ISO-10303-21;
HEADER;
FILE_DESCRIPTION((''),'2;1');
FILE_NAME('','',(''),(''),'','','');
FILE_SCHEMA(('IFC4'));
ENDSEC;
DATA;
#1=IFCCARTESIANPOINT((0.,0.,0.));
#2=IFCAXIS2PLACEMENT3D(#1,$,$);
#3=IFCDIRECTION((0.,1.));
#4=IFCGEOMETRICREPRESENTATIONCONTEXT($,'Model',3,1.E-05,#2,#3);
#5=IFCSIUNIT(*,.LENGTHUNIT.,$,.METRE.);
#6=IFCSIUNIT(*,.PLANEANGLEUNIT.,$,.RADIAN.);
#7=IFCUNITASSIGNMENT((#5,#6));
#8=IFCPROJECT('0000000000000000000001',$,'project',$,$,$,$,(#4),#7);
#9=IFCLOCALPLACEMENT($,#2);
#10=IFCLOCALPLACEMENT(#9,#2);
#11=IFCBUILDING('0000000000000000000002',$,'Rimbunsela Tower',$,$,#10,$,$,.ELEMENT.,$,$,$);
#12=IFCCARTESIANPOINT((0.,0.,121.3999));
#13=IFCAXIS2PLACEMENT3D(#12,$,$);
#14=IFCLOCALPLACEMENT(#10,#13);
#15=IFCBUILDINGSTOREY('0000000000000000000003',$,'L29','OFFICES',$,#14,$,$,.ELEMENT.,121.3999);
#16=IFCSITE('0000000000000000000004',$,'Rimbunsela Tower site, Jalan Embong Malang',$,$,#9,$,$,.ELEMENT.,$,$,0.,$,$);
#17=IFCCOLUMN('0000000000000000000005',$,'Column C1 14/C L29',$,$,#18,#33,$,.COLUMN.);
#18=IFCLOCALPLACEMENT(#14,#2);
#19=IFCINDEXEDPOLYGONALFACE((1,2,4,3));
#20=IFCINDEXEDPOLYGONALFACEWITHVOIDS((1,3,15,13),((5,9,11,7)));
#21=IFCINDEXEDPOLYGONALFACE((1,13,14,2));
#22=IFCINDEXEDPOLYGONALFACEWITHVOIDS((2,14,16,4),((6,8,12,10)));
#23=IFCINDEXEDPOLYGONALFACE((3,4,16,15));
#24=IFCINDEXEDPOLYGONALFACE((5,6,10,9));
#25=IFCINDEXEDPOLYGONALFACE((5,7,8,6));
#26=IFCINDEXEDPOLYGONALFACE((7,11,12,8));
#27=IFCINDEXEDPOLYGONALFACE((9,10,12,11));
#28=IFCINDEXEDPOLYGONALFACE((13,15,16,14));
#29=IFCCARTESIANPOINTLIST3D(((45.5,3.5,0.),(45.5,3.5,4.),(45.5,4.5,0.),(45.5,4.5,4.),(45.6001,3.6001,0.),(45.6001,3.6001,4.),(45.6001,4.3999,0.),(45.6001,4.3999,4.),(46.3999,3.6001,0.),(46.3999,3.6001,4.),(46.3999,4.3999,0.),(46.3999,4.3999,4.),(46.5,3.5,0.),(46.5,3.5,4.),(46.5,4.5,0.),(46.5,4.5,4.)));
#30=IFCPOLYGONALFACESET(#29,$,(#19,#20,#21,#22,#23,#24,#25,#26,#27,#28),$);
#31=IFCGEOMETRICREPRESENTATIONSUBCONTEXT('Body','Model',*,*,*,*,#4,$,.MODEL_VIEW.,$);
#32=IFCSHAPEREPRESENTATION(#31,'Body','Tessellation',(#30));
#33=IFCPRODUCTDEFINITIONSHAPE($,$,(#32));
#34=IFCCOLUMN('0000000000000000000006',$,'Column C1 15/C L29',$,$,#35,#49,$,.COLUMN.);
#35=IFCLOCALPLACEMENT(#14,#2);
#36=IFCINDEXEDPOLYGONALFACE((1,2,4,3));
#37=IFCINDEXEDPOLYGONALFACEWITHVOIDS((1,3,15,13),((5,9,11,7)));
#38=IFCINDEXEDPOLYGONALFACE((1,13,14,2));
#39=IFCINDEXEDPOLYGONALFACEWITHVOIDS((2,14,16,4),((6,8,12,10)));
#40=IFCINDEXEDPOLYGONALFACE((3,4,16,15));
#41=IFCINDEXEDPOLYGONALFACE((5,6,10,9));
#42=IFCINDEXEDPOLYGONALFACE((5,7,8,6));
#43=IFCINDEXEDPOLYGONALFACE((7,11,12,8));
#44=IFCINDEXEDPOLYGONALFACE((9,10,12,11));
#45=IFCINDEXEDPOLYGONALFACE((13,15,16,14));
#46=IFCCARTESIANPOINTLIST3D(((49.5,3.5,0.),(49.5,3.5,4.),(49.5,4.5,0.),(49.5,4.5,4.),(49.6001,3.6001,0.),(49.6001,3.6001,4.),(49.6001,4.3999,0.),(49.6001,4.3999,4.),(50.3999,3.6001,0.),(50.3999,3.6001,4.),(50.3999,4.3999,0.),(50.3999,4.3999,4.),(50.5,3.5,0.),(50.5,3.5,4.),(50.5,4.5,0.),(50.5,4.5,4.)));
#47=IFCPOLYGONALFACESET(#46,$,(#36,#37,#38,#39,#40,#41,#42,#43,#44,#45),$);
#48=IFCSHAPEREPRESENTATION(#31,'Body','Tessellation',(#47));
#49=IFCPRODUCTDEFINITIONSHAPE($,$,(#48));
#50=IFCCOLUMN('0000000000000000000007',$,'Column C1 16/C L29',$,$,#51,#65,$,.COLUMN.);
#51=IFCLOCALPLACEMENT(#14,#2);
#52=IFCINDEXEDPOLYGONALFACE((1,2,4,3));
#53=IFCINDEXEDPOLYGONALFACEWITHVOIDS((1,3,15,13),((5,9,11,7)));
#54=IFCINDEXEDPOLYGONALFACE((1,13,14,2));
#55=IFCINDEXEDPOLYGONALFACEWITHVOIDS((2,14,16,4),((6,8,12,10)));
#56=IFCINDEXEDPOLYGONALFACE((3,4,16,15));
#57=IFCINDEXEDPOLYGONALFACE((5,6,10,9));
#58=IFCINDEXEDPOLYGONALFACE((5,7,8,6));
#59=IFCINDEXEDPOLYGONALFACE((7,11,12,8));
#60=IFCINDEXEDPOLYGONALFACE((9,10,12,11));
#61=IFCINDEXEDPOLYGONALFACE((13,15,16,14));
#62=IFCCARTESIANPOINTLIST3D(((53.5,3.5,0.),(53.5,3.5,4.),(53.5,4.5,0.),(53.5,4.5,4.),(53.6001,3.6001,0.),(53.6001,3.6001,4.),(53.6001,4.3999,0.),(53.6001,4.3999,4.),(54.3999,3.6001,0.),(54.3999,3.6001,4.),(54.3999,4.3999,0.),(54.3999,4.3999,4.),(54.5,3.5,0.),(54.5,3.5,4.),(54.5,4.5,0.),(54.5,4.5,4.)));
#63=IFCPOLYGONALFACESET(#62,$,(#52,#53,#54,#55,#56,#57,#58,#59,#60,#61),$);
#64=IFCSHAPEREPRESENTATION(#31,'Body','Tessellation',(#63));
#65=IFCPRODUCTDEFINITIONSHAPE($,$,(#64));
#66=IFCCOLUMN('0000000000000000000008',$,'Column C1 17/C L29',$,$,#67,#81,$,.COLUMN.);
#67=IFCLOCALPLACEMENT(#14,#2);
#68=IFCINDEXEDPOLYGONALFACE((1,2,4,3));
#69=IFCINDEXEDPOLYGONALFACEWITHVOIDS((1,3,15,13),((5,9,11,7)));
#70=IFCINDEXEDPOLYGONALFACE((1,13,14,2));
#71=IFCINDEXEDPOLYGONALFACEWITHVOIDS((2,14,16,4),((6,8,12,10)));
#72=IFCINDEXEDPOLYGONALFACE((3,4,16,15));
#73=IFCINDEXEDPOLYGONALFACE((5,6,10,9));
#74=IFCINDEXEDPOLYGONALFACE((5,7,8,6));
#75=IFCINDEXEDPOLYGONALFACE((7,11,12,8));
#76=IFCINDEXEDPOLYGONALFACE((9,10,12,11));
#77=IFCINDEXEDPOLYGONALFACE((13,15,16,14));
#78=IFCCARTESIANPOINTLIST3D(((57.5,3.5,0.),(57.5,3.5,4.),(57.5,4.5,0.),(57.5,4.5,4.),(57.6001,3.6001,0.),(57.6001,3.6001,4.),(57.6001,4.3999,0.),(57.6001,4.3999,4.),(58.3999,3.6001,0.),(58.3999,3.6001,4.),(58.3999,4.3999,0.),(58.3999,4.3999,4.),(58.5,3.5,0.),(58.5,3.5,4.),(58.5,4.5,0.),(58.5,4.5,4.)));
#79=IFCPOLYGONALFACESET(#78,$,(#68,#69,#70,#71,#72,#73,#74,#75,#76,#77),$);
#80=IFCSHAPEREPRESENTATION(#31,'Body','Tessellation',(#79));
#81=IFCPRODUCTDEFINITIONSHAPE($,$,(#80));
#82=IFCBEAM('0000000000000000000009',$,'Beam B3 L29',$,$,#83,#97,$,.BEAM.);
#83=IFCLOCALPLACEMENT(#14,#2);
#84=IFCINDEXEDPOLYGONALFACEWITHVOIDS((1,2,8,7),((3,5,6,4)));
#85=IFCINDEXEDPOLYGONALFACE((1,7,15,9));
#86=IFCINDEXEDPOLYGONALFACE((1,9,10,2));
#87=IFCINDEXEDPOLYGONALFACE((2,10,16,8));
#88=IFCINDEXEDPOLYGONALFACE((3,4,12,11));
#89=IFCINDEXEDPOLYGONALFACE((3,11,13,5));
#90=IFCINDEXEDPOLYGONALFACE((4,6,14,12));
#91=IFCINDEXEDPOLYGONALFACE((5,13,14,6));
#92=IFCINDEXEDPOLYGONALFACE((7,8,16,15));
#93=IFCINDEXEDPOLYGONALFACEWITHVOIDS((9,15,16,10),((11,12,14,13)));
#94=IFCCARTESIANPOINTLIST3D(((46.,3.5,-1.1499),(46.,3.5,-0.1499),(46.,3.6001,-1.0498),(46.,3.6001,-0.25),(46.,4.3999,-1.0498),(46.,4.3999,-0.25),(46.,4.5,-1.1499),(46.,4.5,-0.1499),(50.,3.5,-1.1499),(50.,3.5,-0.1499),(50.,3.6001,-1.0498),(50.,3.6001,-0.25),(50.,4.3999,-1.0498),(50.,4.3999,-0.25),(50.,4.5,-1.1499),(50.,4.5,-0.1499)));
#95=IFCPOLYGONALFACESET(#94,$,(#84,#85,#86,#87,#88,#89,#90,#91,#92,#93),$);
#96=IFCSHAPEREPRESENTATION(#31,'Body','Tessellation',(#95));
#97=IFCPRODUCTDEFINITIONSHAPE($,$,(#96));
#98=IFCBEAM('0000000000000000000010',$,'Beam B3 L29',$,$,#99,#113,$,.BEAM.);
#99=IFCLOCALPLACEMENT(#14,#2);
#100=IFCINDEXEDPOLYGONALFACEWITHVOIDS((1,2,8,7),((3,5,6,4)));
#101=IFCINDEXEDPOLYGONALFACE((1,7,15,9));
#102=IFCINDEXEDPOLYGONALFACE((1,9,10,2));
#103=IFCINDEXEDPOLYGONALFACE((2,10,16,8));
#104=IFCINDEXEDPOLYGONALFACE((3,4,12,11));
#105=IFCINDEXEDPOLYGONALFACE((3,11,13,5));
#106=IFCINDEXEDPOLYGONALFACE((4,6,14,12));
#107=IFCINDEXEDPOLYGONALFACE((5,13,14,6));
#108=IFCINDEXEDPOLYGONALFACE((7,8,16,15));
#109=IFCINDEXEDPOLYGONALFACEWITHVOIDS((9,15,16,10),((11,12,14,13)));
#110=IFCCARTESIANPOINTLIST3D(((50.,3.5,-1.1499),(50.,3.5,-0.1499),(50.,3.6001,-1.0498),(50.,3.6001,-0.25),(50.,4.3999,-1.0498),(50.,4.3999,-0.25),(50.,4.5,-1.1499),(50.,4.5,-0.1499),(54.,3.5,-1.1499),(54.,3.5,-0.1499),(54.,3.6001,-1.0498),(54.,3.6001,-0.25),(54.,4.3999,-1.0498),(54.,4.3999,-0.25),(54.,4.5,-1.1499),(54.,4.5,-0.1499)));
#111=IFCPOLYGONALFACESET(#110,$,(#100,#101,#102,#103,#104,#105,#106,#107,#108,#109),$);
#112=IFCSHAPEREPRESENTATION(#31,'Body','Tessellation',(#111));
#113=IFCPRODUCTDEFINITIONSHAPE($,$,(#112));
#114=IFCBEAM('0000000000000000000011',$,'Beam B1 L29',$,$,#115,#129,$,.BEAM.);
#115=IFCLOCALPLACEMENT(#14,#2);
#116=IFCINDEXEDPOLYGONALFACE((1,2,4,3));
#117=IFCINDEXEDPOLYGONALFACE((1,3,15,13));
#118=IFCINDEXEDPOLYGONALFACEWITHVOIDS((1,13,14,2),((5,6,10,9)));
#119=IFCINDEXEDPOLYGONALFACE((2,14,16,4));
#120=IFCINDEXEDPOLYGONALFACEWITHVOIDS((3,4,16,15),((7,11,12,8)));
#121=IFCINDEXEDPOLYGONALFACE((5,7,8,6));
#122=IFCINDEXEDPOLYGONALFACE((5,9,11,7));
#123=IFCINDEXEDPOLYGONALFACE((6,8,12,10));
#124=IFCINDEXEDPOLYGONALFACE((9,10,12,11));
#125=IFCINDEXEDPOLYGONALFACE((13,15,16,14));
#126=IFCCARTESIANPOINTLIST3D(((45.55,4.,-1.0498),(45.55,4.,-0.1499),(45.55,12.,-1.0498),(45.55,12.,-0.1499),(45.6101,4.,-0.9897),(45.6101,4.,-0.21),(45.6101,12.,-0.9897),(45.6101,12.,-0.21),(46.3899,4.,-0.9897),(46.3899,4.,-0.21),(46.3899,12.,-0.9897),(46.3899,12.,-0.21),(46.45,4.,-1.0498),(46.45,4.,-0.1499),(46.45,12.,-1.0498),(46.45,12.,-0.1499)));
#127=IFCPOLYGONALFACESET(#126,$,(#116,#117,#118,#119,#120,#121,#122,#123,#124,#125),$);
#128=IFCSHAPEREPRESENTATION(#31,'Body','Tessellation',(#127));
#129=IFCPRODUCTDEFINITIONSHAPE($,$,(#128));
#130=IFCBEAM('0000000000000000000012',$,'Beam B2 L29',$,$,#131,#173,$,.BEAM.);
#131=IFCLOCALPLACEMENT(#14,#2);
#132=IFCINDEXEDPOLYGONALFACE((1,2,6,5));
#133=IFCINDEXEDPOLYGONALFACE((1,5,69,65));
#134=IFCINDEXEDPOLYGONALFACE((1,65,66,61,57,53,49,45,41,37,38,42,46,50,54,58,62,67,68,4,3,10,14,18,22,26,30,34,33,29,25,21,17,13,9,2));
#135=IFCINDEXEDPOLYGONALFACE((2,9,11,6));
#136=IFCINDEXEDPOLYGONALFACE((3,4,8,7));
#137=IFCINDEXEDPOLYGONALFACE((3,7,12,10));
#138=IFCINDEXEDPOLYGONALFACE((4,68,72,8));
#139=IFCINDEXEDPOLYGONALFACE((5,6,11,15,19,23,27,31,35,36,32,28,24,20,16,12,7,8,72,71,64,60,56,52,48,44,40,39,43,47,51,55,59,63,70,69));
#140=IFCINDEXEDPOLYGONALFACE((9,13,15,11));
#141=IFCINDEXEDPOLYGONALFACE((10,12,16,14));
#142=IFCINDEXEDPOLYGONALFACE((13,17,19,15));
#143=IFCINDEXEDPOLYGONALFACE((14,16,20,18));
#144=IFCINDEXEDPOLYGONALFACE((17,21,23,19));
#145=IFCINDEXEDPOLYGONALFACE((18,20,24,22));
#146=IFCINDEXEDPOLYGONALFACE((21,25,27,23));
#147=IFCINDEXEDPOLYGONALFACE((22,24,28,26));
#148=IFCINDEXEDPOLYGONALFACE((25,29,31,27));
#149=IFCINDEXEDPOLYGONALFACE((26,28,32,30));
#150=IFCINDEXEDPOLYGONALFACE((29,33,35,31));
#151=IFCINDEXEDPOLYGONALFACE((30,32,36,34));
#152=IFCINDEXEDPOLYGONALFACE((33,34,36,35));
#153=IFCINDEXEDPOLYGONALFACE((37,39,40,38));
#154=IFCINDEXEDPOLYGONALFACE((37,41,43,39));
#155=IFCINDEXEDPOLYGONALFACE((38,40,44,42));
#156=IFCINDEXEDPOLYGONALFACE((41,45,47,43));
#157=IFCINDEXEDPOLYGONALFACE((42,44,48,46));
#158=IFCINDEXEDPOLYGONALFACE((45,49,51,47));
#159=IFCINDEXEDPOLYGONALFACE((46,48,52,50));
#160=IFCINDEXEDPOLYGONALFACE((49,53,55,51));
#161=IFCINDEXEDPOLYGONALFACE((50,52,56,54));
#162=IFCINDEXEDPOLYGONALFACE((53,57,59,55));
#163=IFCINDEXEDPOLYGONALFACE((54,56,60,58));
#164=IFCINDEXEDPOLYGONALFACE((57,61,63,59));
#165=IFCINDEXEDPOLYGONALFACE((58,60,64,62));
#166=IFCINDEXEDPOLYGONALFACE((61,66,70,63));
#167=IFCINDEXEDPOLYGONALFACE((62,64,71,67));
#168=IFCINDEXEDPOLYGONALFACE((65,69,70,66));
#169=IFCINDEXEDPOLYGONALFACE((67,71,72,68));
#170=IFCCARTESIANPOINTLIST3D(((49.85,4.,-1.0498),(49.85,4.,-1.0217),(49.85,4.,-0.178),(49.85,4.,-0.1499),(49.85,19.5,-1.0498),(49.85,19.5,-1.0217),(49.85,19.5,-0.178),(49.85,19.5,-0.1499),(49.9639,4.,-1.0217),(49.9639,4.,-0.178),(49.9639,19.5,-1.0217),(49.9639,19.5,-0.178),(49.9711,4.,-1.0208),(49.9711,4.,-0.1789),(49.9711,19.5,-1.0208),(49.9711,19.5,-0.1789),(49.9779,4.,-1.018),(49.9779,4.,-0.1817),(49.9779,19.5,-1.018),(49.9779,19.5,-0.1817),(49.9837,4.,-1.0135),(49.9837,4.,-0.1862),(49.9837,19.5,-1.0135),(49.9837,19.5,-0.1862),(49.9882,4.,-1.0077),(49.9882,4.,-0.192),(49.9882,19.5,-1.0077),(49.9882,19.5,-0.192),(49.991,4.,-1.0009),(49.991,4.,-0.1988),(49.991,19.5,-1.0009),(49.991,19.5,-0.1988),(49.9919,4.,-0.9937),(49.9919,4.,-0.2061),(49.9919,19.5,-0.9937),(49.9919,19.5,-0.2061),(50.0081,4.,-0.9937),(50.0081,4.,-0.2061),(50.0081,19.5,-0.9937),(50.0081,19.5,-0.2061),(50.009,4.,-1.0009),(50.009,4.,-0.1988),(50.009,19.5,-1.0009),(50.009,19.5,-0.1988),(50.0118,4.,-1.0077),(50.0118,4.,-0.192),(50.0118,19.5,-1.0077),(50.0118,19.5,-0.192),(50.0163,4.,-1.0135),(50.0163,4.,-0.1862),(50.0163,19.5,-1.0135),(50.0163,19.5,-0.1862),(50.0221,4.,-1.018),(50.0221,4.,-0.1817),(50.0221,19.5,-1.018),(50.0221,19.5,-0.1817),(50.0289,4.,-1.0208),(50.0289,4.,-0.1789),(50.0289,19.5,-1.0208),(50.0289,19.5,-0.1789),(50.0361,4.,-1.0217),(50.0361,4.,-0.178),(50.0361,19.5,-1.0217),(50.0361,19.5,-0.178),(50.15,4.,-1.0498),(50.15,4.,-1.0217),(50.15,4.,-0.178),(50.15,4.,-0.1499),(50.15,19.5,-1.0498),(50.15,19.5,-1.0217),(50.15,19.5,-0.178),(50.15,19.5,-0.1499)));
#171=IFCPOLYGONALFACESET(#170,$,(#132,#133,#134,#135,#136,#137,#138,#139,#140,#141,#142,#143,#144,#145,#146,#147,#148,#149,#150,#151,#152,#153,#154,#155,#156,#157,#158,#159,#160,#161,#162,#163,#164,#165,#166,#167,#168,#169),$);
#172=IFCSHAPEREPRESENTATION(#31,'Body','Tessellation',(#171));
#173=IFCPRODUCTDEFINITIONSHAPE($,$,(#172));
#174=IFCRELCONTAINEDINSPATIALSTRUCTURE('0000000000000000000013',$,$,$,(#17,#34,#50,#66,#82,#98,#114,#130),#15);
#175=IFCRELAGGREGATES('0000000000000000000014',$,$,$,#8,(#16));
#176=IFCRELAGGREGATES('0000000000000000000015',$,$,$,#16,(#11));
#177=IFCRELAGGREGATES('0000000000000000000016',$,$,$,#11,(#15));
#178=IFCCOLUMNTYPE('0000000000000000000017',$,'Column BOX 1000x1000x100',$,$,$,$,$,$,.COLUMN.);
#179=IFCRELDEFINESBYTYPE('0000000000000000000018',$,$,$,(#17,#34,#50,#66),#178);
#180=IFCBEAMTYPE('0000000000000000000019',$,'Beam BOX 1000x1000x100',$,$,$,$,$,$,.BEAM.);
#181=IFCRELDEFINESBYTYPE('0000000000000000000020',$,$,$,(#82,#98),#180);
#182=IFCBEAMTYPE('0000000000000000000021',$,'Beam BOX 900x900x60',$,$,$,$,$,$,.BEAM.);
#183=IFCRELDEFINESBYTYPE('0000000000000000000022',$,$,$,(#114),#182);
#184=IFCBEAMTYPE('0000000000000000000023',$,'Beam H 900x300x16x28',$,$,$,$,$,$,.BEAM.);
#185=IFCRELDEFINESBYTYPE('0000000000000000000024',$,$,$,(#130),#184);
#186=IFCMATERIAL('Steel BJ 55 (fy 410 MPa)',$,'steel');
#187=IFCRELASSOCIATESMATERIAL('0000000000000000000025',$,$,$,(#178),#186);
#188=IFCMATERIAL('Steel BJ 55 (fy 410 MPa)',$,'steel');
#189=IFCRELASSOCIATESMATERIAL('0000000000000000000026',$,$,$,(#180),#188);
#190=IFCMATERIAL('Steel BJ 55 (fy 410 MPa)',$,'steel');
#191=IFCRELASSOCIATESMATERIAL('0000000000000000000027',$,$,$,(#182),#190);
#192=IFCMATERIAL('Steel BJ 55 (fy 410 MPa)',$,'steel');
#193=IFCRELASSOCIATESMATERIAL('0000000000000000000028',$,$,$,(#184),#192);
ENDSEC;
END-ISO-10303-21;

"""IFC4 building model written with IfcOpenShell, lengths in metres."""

from ifc_helpers import new_model, si_unit, direction, frame, origin, origin_2d, place, context, subcontext, project, spatial, hollow_rectangle, i_section, extrude, material, material_profile, profile_set, type_object, element, save


model = new_model("IFC4")

# Units and contexts
model_context = context("Model", 3, precision=1e-05, world=origin(), true_north=direction((0.0, 1.0)))
body_context = subcontext(model_context, "Body", "Model", "MODEL_VIEW")
ifc_project = project(units=[si_unit("LENGTHUNIT", "METRE"), si_unit("PLANEANGLEUNIT", "RADIAN")], contexts=[model_context])

# Site, building, storey
site_placement = place(None, origin())
site = spatial("IfcSite", under=ifc_project, at=site_placement, Name="Rimbunsela Tower site, Jalan Embong Malang", CompositionType="ELEMENT", RefElevation=0.0)
building_placement = place(site_placement, origin())
building = spatial("IfcBuilding", under=site, at=building_placement, Name="Rimbunsela Tower", CompositionType="ELEMENT")
storey_placement = place(building_placement, frame((0.0, 0.0, 121.3999)))
storey = spatial("IfcBuildingStorey", under=building, at=storey_placement, Name="L29", Description="OFFICES", CompositionType="ELEMENT", Elevation=121.3999)

# Columns
ifc_material_1 = material(Name="Steel BJ 55 (fy 410 MPa)", Category="steel")
ifc_material_profile_1 = material_profile(ifc_material_1, hollow_rectangle(XDim=1.0, YDim=1.0, WallThickness=0.1001, at=origin_2d()), Name="BOX 1000x1000x100")
ifc_profile_set_1 = profile_set([ifc_material_profile_1], Name="Steel BJ 55 (fy 410 MPa)")
column_type = type_object("IfcColumnType", Name="Column BOX 1000x1000x100", PredefinedType="COLUMN", material=ifc_profile_set_1)
for number, where, z_axis, x_axis, name in (
    (1, (46.0, 4.0, 0.0), (0.0, 0.0, 1.0), (1.0, 0.0, 0.0), "Column C1 14/C L29"),
    (2, (50.0, 4.0, 0.0), (0.0, 0.0, 1.0), (1.0, 0.0, 0.0), "Column C1 15/C L29"),
    (3, (54.0, 4.0, 0.0), (0.0, 0.0, 1.0), (1.0, 0.0, 0.0), "Column C1 16/C L29"),
    (4, (58.0, 4.0, 0.0), (0.0, 0.0, 1.0), (1.0, 0.0, 0.0), "Column C1 17/C L29"),
):
    element("IfcColumn", number, at=place(storey_placement, frame(where, z_axis=z_axis, x_axis=x_axis)), inside=storey, type_object=column_type, Name=name, PredefinedType="COLUMN", context=body_context, shape_type="SweptSolid", body=[
        extrude(hollow_rectangle(XDim=1.0, YDim=1.0, WallThickness=0.1001, at=origin_2d()), origin(), (0.0, 0.0, 1.0), 4.0),
    ])

# Beams
ifc_material_2 = material(Name="Steel BJ 55 (fy 410 MPa)", Category="steel")
ifc_material_profile_2 = material_profile(ifc_material_2, hollow_rectangle(XDim=1.0, YDim=1.0, WallThickness=0.1001, at=origin_2d()), Name="BOX 1000x1000x100")
ifc_profile_set_2 = profile_set([ifc_material_profile_2], Name="Steel BJ 55 (fy 410 MPa)")
beam_type_1 = type_object("IfcBeamType", Name="Beam BOX 1000x1000x100", PredefinedType="BEAM", material=ifc_profile_set_2)
for number, where, z_axis, x_axis, name in (
    (5, (46.0, 4.0, -0.6499), (1.0, 0.0, 0.0), (0.0, 1.0, 0.0), "Beam B3 L29"),
    (6, (50.0, 4.0, -0.6499), (1.0, 0.0, 0.0), (0.0, 1.0, 0.0), "Beam B3 L29"),
):
    element("IfcBeam", number, at=place(storey_placement, frame(where, z_axis=z_axis, x_axis=x_axis)), inside=storey, type_object=beam_type_1, Name=name, PredefinedType="BEAM", context=body_context, shape_type="SweptSolid", body=[
        extrude(hollow_rectangle(XDim=1.0, YDim=1.0, WallThickness=0.1001, at=origin_2d()), origin(), (0.0, 0.0, 1.0), 4.0),
    ])
ifc_material_3 = material(Name="Steel BJ 55 (fy 410 MPa)", Category="steel")
ifc_material_profile_3 = material_profile(ifc_material_3, hollow_rectangle(XDim=0.8999, YDim=0.8999, WallThickness=0.0601, at=origin_2d()), Name="BOX 900x900x60")
ifc_profile_set_3 = profile_set([ifc_material_profile_3], Name="Steel BJ 55 (fy 410 MPa)")
beam_type_2 = type_object("IfcBeamType", Name="Beam BOX 900x900x60", PredefinedType="BEAM", material=ifc_profile_set_3)
beam_placement = place(storey_placement, frame((46.0, 4.0, -0.5999), z_axis=(0.0, 1.0, 0.0), x_axis=(-1.0, 0.0, 0.0)))
element("IfcBeam", 7, at=beam_placement, inside=storey, type_object=beam_type_2, Name="Beam B1 L29", PredefinedType="BEAM", context=body_context, shape_type="SweptSolid", body=[
    extrude(hollow_rectangle(XDim=0.8999, YDim=0.8999, WallThickness=0.0601, at=origin_2d()), origin(), (0.0, 0.0, 1.0), 8.0),
])
ifc_material_4 = material(Name="Steel BJ 55 (fy 410 MPa)", Category="steel")
ifc_material_profile_4 = material_profile(ifc_material_4, i_section(OverallWidth=0.3, OverallDepth=0.8999, WebThickness=0.0161, FlangeThickness=0.0281, FilletRadius=0.0281, at=origin_2d()), Name="H 900x300x16x28")
ifc_profile_set_4 = profile_set([ifc_material_profile_4], Name="Steel BJ 55 (fy 410 MPa)")
beam_type_3 = type_object("IfcBeamType", Name="Beam H 900x300x16x28", PredefinedType="BEAM", material=ifc_profile_set_4)
for number, where, z_axis, x_axis, name in (
    (8, (50.0, 4.0, -0.5999), (0.0, 1.0, 0.0), (-1.0, 0.0, 0.0), "Beam B2 L29"),
):
    element("IfcBeam", number, at=place(storey_placement, frame(where, z_axis=z_axis, x_axis=x_axis)), inside=storey, type_object=beam_type_3, Name=name, PredefinedType="BEAM", context=body_context, shape_type="SweptSolid", body=[
        extrude(i_section(OverallWidth=0.3, OverallDepth=0.8999, WebThickness=0.0161, FlangeThickness=0.0281, FilletRadius=0.0281, at=origin_2d()), origin(), (0.0, 0.0, 1.0), 15.5),
    ])

save(model, "model.ifc")
